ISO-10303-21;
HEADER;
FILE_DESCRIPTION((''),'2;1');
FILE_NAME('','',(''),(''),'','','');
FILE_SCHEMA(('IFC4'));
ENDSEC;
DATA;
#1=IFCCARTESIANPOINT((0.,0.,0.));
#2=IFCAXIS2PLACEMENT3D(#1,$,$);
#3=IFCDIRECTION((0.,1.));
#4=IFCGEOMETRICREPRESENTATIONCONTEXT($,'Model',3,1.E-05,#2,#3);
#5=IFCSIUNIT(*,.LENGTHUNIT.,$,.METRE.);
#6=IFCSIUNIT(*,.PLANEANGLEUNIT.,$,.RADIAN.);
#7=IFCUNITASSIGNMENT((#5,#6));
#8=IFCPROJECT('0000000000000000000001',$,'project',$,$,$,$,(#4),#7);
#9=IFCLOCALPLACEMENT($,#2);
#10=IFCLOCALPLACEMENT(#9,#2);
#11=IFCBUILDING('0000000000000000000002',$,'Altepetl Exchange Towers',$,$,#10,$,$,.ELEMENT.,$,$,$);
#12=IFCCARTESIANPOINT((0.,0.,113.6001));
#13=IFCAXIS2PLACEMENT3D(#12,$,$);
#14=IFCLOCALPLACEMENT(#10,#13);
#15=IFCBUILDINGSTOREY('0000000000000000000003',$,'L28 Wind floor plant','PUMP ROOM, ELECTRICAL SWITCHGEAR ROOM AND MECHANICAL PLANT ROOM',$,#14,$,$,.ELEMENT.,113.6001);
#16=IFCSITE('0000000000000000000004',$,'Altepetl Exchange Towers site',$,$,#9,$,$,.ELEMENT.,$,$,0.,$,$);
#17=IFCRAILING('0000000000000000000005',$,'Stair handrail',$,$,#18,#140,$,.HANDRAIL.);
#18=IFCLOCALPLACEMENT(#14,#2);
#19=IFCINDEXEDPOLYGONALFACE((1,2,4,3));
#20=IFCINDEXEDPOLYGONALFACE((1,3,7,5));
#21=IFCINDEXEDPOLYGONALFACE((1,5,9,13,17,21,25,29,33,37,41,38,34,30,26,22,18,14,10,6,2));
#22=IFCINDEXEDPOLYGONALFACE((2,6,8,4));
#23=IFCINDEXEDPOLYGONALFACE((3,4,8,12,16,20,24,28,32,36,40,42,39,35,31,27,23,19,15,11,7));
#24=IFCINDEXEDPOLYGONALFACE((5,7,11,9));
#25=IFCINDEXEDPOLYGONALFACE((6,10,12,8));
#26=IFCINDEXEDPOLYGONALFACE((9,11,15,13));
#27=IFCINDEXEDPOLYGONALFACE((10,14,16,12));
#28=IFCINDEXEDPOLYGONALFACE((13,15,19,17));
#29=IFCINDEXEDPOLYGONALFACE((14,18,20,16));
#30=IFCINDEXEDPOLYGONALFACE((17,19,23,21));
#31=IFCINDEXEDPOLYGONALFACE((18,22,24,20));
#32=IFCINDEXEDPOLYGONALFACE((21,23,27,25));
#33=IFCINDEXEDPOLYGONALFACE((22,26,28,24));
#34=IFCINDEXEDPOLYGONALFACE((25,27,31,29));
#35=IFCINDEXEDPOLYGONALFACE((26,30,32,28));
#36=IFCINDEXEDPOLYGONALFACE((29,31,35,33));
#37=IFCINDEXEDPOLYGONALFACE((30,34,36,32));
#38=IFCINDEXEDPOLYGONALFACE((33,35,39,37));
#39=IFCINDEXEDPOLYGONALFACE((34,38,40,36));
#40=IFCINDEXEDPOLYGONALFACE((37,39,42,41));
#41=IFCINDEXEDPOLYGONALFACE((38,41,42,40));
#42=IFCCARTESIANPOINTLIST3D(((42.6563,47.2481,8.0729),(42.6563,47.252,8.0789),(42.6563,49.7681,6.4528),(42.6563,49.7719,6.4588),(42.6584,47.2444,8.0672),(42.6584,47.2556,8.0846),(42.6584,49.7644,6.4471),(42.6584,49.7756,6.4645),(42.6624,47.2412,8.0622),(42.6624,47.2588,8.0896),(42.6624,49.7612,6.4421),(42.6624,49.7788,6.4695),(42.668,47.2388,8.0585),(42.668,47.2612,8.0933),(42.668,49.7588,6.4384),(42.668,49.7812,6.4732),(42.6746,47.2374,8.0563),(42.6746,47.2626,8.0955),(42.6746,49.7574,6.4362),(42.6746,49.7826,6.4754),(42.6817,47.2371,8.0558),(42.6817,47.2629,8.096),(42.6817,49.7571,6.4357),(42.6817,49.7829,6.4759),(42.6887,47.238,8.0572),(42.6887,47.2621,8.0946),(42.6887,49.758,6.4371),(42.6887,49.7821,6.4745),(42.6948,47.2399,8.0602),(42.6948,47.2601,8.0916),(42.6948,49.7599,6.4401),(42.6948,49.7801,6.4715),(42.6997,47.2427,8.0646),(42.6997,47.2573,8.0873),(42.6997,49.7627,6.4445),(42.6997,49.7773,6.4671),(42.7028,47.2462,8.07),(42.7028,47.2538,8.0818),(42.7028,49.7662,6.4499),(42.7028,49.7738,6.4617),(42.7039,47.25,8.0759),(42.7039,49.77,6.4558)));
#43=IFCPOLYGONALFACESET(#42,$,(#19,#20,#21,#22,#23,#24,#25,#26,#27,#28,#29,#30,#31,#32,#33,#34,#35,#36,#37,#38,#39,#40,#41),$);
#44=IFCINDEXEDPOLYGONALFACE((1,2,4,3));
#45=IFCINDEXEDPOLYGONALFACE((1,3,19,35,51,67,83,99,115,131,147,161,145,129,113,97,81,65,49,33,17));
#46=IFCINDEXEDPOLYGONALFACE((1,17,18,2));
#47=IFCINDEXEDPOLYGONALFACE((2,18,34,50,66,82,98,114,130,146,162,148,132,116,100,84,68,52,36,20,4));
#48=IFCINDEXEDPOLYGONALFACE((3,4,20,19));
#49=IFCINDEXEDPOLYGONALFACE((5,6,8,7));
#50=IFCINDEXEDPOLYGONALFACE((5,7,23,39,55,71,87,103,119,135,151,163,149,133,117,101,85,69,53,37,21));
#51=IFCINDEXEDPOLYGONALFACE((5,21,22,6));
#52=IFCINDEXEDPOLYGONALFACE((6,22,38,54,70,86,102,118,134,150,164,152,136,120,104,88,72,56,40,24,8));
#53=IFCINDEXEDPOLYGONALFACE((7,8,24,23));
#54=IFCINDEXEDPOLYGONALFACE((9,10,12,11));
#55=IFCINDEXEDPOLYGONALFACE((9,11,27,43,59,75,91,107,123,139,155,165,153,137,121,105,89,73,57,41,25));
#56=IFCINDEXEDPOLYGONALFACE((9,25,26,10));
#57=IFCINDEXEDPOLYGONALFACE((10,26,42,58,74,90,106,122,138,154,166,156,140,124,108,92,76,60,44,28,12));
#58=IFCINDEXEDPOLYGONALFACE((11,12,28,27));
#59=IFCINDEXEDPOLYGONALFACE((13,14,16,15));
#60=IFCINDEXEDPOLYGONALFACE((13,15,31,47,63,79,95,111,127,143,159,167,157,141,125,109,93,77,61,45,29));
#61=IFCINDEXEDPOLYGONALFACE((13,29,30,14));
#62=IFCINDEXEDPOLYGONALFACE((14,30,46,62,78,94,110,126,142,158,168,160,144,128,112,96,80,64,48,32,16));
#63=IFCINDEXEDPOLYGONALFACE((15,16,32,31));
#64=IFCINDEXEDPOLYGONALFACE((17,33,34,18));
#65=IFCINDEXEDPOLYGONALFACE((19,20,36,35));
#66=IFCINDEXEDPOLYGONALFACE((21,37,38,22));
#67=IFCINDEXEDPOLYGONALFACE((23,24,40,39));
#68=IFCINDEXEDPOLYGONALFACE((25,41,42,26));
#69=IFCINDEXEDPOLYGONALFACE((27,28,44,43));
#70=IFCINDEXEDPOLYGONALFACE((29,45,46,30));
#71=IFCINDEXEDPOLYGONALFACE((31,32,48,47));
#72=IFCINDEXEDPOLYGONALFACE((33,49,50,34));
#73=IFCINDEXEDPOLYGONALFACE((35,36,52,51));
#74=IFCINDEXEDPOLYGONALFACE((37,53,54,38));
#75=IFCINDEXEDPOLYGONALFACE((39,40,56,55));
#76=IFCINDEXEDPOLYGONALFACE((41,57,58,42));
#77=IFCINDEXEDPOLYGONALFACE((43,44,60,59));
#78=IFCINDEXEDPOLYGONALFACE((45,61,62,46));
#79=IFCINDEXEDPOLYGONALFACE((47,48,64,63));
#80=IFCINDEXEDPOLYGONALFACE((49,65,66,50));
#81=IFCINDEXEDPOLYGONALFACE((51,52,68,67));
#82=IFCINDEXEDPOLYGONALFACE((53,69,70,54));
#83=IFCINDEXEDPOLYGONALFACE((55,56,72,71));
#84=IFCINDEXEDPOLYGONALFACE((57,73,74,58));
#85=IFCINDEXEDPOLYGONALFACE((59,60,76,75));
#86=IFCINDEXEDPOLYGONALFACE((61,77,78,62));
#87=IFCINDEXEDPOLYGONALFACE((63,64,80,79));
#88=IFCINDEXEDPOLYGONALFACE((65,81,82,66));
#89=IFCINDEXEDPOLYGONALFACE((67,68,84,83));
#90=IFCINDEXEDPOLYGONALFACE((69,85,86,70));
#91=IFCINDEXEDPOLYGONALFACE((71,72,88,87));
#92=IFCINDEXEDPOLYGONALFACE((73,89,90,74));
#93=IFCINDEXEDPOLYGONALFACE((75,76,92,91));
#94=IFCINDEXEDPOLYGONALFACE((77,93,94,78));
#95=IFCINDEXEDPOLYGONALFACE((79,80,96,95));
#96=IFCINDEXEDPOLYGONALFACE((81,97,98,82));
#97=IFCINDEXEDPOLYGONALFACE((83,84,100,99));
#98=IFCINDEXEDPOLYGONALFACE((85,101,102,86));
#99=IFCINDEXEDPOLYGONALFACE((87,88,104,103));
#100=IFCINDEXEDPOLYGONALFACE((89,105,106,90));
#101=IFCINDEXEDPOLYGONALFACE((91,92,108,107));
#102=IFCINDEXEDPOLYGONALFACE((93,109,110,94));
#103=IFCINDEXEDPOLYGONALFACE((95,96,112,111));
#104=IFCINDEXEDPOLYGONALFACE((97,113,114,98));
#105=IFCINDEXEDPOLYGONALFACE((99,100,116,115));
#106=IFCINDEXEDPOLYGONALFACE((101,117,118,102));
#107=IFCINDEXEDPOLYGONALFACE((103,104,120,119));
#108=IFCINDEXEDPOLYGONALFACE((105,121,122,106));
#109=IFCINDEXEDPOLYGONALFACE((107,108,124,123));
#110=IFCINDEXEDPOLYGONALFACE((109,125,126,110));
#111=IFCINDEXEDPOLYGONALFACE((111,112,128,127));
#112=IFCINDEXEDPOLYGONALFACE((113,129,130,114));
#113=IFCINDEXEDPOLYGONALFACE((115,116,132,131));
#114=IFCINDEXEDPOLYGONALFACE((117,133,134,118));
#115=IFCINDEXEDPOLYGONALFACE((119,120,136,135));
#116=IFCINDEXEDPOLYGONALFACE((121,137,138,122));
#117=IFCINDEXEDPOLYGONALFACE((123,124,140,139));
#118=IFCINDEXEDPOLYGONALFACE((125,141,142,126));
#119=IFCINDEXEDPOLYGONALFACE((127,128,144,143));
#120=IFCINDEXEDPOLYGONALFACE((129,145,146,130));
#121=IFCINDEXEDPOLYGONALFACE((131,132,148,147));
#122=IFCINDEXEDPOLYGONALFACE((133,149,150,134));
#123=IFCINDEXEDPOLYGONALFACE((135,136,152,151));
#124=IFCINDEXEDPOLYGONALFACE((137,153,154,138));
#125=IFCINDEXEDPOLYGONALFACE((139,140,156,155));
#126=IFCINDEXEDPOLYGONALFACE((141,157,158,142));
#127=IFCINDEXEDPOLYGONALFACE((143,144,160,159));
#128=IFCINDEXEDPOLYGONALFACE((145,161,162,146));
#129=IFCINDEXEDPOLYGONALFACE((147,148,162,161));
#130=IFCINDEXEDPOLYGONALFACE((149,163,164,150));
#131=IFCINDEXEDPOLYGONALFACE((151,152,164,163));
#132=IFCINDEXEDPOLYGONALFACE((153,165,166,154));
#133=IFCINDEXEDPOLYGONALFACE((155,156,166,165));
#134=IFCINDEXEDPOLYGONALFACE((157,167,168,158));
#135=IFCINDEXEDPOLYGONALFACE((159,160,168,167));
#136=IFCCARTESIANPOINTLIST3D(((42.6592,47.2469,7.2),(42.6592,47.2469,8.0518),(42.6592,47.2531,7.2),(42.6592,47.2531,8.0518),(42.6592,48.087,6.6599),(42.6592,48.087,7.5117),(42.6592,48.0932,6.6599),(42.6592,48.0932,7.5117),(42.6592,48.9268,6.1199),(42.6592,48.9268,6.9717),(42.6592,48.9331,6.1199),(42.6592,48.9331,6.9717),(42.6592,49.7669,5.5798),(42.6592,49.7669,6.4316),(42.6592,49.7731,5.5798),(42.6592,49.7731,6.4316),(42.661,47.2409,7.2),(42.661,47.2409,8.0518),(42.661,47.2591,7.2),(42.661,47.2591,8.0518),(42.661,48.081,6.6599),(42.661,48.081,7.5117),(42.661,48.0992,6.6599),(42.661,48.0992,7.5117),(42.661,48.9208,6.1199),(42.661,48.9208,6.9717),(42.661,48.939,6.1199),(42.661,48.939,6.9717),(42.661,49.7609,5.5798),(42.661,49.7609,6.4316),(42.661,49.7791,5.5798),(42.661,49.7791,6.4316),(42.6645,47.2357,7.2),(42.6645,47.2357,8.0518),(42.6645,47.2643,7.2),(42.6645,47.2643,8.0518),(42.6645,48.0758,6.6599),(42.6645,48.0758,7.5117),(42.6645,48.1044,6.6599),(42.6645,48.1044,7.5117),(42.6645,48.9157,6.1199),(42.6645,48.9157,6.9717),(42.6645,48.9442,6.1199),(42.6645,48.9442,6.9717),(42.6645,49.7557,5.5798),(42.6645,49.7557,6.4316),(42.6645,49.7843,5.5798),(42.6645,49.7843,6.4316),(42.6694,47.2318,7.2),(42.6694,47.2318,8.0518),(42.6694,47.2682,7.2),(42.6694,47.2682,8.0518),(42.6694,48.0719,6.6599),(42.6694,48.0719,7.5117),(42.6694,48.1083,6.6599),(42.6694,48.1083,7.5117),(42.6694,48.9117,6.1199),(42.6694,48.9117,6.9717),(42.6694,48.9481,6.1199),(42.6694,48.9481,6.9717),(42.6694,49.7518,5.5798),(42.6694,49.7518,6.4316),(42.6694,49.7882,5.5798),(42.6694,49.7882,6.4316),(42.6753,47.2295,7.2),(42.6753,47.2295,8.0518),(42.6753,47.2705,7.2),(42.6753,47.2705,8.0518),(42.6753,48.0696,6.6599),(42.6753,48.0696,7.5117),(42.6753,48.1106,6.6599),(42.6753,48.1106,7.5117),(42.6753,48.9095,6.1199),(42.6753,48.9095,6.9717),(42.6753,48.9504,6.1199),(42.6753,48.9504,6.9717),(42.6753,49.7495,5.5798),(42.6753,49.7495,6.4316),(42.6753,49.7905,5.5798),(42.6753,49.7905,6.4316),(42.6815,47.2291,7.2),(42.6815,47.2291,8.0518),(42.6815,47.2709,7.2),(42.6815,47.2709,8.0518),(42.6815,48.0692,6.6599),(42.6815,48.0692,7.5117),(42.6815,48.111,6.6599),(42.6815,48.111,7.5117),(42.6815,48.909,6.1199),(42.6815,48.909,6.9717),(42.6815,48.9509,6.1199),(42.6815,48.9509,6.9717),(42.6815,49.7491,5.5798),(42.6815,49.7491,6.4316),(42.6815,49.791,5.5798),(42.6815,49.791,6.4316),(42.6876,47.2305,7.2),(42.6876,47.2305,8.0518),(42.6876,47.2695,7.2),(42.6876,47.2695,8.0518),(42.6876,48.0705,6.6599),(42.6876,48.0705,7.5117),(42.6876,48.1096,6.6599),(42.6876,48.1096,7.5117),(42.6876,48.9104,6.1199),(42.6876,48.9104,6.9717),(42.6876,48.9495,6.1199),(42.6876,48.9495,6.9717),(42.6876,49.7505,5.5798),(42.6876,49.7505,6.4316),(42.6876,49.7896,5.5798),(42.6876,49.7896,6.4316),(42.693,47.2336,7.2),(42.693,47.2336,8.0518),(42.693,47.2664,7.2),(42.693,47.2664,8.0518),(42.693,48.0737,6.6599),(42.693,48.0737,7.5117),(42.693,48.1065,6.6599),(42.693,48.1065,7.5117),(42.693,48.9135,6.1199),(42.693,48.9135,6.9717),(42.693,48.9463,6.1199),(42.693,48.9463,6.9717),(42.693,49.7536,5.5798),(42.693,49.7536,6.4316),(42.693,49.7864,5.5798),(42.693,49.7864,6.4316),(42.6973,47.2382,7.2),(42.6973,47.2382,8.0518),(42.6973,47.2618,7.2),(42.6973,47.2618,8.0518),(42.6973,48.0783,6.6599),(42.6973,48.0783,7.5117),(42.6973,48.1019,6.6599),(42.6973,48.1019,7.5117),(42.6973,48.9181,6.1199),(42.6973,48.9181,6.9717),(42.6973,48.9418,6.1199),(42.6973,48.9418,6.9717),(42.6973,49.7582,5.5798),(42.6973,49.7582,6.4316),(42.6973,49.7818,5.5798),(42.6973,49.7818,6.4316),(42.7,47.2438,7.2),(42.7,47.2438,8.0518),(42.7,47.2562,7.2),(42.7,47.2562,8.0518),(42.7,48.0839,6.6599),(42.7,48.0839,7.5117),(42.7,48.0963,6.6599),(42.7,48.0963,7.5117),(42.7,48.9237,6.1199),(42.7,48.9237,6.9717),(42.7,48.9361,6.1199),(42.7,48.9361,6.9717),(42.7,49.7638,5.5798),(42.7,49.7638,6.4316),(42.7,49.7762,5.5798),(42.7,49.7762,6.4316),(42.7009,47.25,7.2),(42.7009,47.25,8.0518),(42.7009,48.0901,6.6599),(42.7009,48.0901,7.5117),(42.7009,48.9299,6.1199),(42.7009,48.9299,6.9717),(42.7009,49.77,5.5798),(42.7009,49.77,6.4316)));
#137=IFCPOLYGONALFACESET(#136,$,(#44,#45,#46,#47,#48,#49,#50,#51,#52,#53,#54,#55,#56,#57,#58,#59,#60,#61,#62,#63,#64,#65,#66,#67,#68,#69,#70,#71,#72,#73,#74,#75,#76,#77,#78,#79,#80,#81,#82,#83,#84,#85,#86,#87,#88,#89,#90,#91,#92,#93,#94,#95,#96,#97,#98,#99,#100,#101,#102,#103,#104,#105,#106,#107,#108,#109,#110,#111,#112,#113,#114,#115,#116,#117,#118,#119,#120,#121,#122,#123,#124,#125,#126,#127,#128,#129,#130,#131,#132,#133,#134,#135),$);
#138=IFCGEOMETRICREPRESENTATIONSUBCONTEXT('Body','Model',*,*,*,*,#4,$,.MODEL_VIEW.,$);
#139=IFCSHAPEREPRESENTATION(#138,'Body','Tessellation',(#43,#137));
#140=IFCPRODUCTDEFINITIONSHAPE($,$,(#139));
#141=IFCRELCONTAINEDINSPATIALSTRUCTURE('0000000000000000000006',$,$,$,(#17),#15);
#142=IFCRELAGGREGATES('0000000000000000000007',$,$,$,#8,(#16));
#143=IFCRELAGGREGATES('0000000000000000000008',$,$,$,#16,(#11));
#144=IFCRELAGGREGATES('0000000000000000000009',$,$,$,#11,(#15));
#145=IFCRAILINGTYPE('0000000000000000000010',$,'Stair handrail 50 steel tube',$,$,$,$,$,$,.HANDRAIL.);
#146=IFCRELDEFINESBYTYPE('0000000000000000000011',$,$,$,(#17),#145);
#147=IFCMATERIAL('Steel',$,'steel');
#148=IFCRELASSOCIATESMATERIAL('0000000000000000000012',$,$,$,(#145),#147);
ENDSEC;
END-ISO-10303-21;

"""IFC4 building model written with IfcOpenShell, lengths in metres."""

from ifc_helpers import new_model, si_unit, direction, frame, origin, origin_2d, place, context, subcontext, project, spatial, circle, extrude, source, transform, mapped, material, type_object, element, save


model = new_model("IFC4")

# Units and contexts
model_context = context("Model", 3, precision=1e-05, world=origin(), true_north=direction((0.0, 1.0)))
body_context = subcontext(model_context, "Body", "Model", "MODEL_VIEW")
ifc_project = project(units=[si_unit("LENGTHUNIT", "METRE"), si_unit("PLANEANGLEUNIT", "RADIAN")], contexts=[model_context])

# Site, building, storey
site_placement = place(None, origin())
site = spatial("IfcSite", under=ifc_project, at=site_placement, Name="Altepetl Exchange Towers site", CompositionType="ELEMENT", RefElevation=0.0)
building_placement = place(site_placement, origin())
building = spatial("IfcBuilding", under=site, at=building_placement, Name="Altepetl Exchange Towers", CompositionType="ELEMENT")
storey_placement = place(building_placement, frame((0.0, 0.0, 113.6001)))
storey = spatial("IfcBuildingStorey", under=building, at=storey_placement, Name="L28 Wind floor plant", Description="PUMP ROOM, ELECTRICAL SWITCHGEAR ROOM AND MECHANICAL PLANT ROOM", CompositionType="ELEMENT", Elevation=113.6001)

# Railing
ifc_material_1 = material(Name="Steel", Category="steel")
railing_type = type_object("IfcRailingType", Name="Stair handrail 50 steel tube", PredefinedType="HANDRAIL", material=ifc_material_1)
shared_shape = source(origin(), body_context, "Body", "SweptSolid", [
    extrude(circle(Radius=0.021, at=origin_2d()), origin(), (0.0, 0.0, 1.0), 0.8518),
])
railing_1_placement = place(storey_placement, frame((42.6799, 49.77, 5.5798)))
element("IfcRailing", 1, at=railing_1_placement, inside=storey, type_object=railing_type, Name="Stair handrail", PredefinedType="HANDRAIL", context=body_context, shape_type="SweptSolid", body=[
    extrude(circle(Radius=0.0239, at=origin_2d()), frame((0.0, 0.0, 0.876), z_axis=(0.0, -0.841163, 0.540782), x_axis=(1.0, 0.0, 0.0)), (0.0, 0.0, 1.0), 2.9958),
    mapped(shared_shape, transform((0.0, 0.0, 0.0))),
    mapped(shared_shape, transform((0.0, -0.8401, 0.54))),
    mapped(shared_shape, transform((0.0, -1.6799, 1.0801))),
    mapped(shared_shape, transform((0.0, -2.52, 1.6201))),
])

save(model, "model.ifc")
